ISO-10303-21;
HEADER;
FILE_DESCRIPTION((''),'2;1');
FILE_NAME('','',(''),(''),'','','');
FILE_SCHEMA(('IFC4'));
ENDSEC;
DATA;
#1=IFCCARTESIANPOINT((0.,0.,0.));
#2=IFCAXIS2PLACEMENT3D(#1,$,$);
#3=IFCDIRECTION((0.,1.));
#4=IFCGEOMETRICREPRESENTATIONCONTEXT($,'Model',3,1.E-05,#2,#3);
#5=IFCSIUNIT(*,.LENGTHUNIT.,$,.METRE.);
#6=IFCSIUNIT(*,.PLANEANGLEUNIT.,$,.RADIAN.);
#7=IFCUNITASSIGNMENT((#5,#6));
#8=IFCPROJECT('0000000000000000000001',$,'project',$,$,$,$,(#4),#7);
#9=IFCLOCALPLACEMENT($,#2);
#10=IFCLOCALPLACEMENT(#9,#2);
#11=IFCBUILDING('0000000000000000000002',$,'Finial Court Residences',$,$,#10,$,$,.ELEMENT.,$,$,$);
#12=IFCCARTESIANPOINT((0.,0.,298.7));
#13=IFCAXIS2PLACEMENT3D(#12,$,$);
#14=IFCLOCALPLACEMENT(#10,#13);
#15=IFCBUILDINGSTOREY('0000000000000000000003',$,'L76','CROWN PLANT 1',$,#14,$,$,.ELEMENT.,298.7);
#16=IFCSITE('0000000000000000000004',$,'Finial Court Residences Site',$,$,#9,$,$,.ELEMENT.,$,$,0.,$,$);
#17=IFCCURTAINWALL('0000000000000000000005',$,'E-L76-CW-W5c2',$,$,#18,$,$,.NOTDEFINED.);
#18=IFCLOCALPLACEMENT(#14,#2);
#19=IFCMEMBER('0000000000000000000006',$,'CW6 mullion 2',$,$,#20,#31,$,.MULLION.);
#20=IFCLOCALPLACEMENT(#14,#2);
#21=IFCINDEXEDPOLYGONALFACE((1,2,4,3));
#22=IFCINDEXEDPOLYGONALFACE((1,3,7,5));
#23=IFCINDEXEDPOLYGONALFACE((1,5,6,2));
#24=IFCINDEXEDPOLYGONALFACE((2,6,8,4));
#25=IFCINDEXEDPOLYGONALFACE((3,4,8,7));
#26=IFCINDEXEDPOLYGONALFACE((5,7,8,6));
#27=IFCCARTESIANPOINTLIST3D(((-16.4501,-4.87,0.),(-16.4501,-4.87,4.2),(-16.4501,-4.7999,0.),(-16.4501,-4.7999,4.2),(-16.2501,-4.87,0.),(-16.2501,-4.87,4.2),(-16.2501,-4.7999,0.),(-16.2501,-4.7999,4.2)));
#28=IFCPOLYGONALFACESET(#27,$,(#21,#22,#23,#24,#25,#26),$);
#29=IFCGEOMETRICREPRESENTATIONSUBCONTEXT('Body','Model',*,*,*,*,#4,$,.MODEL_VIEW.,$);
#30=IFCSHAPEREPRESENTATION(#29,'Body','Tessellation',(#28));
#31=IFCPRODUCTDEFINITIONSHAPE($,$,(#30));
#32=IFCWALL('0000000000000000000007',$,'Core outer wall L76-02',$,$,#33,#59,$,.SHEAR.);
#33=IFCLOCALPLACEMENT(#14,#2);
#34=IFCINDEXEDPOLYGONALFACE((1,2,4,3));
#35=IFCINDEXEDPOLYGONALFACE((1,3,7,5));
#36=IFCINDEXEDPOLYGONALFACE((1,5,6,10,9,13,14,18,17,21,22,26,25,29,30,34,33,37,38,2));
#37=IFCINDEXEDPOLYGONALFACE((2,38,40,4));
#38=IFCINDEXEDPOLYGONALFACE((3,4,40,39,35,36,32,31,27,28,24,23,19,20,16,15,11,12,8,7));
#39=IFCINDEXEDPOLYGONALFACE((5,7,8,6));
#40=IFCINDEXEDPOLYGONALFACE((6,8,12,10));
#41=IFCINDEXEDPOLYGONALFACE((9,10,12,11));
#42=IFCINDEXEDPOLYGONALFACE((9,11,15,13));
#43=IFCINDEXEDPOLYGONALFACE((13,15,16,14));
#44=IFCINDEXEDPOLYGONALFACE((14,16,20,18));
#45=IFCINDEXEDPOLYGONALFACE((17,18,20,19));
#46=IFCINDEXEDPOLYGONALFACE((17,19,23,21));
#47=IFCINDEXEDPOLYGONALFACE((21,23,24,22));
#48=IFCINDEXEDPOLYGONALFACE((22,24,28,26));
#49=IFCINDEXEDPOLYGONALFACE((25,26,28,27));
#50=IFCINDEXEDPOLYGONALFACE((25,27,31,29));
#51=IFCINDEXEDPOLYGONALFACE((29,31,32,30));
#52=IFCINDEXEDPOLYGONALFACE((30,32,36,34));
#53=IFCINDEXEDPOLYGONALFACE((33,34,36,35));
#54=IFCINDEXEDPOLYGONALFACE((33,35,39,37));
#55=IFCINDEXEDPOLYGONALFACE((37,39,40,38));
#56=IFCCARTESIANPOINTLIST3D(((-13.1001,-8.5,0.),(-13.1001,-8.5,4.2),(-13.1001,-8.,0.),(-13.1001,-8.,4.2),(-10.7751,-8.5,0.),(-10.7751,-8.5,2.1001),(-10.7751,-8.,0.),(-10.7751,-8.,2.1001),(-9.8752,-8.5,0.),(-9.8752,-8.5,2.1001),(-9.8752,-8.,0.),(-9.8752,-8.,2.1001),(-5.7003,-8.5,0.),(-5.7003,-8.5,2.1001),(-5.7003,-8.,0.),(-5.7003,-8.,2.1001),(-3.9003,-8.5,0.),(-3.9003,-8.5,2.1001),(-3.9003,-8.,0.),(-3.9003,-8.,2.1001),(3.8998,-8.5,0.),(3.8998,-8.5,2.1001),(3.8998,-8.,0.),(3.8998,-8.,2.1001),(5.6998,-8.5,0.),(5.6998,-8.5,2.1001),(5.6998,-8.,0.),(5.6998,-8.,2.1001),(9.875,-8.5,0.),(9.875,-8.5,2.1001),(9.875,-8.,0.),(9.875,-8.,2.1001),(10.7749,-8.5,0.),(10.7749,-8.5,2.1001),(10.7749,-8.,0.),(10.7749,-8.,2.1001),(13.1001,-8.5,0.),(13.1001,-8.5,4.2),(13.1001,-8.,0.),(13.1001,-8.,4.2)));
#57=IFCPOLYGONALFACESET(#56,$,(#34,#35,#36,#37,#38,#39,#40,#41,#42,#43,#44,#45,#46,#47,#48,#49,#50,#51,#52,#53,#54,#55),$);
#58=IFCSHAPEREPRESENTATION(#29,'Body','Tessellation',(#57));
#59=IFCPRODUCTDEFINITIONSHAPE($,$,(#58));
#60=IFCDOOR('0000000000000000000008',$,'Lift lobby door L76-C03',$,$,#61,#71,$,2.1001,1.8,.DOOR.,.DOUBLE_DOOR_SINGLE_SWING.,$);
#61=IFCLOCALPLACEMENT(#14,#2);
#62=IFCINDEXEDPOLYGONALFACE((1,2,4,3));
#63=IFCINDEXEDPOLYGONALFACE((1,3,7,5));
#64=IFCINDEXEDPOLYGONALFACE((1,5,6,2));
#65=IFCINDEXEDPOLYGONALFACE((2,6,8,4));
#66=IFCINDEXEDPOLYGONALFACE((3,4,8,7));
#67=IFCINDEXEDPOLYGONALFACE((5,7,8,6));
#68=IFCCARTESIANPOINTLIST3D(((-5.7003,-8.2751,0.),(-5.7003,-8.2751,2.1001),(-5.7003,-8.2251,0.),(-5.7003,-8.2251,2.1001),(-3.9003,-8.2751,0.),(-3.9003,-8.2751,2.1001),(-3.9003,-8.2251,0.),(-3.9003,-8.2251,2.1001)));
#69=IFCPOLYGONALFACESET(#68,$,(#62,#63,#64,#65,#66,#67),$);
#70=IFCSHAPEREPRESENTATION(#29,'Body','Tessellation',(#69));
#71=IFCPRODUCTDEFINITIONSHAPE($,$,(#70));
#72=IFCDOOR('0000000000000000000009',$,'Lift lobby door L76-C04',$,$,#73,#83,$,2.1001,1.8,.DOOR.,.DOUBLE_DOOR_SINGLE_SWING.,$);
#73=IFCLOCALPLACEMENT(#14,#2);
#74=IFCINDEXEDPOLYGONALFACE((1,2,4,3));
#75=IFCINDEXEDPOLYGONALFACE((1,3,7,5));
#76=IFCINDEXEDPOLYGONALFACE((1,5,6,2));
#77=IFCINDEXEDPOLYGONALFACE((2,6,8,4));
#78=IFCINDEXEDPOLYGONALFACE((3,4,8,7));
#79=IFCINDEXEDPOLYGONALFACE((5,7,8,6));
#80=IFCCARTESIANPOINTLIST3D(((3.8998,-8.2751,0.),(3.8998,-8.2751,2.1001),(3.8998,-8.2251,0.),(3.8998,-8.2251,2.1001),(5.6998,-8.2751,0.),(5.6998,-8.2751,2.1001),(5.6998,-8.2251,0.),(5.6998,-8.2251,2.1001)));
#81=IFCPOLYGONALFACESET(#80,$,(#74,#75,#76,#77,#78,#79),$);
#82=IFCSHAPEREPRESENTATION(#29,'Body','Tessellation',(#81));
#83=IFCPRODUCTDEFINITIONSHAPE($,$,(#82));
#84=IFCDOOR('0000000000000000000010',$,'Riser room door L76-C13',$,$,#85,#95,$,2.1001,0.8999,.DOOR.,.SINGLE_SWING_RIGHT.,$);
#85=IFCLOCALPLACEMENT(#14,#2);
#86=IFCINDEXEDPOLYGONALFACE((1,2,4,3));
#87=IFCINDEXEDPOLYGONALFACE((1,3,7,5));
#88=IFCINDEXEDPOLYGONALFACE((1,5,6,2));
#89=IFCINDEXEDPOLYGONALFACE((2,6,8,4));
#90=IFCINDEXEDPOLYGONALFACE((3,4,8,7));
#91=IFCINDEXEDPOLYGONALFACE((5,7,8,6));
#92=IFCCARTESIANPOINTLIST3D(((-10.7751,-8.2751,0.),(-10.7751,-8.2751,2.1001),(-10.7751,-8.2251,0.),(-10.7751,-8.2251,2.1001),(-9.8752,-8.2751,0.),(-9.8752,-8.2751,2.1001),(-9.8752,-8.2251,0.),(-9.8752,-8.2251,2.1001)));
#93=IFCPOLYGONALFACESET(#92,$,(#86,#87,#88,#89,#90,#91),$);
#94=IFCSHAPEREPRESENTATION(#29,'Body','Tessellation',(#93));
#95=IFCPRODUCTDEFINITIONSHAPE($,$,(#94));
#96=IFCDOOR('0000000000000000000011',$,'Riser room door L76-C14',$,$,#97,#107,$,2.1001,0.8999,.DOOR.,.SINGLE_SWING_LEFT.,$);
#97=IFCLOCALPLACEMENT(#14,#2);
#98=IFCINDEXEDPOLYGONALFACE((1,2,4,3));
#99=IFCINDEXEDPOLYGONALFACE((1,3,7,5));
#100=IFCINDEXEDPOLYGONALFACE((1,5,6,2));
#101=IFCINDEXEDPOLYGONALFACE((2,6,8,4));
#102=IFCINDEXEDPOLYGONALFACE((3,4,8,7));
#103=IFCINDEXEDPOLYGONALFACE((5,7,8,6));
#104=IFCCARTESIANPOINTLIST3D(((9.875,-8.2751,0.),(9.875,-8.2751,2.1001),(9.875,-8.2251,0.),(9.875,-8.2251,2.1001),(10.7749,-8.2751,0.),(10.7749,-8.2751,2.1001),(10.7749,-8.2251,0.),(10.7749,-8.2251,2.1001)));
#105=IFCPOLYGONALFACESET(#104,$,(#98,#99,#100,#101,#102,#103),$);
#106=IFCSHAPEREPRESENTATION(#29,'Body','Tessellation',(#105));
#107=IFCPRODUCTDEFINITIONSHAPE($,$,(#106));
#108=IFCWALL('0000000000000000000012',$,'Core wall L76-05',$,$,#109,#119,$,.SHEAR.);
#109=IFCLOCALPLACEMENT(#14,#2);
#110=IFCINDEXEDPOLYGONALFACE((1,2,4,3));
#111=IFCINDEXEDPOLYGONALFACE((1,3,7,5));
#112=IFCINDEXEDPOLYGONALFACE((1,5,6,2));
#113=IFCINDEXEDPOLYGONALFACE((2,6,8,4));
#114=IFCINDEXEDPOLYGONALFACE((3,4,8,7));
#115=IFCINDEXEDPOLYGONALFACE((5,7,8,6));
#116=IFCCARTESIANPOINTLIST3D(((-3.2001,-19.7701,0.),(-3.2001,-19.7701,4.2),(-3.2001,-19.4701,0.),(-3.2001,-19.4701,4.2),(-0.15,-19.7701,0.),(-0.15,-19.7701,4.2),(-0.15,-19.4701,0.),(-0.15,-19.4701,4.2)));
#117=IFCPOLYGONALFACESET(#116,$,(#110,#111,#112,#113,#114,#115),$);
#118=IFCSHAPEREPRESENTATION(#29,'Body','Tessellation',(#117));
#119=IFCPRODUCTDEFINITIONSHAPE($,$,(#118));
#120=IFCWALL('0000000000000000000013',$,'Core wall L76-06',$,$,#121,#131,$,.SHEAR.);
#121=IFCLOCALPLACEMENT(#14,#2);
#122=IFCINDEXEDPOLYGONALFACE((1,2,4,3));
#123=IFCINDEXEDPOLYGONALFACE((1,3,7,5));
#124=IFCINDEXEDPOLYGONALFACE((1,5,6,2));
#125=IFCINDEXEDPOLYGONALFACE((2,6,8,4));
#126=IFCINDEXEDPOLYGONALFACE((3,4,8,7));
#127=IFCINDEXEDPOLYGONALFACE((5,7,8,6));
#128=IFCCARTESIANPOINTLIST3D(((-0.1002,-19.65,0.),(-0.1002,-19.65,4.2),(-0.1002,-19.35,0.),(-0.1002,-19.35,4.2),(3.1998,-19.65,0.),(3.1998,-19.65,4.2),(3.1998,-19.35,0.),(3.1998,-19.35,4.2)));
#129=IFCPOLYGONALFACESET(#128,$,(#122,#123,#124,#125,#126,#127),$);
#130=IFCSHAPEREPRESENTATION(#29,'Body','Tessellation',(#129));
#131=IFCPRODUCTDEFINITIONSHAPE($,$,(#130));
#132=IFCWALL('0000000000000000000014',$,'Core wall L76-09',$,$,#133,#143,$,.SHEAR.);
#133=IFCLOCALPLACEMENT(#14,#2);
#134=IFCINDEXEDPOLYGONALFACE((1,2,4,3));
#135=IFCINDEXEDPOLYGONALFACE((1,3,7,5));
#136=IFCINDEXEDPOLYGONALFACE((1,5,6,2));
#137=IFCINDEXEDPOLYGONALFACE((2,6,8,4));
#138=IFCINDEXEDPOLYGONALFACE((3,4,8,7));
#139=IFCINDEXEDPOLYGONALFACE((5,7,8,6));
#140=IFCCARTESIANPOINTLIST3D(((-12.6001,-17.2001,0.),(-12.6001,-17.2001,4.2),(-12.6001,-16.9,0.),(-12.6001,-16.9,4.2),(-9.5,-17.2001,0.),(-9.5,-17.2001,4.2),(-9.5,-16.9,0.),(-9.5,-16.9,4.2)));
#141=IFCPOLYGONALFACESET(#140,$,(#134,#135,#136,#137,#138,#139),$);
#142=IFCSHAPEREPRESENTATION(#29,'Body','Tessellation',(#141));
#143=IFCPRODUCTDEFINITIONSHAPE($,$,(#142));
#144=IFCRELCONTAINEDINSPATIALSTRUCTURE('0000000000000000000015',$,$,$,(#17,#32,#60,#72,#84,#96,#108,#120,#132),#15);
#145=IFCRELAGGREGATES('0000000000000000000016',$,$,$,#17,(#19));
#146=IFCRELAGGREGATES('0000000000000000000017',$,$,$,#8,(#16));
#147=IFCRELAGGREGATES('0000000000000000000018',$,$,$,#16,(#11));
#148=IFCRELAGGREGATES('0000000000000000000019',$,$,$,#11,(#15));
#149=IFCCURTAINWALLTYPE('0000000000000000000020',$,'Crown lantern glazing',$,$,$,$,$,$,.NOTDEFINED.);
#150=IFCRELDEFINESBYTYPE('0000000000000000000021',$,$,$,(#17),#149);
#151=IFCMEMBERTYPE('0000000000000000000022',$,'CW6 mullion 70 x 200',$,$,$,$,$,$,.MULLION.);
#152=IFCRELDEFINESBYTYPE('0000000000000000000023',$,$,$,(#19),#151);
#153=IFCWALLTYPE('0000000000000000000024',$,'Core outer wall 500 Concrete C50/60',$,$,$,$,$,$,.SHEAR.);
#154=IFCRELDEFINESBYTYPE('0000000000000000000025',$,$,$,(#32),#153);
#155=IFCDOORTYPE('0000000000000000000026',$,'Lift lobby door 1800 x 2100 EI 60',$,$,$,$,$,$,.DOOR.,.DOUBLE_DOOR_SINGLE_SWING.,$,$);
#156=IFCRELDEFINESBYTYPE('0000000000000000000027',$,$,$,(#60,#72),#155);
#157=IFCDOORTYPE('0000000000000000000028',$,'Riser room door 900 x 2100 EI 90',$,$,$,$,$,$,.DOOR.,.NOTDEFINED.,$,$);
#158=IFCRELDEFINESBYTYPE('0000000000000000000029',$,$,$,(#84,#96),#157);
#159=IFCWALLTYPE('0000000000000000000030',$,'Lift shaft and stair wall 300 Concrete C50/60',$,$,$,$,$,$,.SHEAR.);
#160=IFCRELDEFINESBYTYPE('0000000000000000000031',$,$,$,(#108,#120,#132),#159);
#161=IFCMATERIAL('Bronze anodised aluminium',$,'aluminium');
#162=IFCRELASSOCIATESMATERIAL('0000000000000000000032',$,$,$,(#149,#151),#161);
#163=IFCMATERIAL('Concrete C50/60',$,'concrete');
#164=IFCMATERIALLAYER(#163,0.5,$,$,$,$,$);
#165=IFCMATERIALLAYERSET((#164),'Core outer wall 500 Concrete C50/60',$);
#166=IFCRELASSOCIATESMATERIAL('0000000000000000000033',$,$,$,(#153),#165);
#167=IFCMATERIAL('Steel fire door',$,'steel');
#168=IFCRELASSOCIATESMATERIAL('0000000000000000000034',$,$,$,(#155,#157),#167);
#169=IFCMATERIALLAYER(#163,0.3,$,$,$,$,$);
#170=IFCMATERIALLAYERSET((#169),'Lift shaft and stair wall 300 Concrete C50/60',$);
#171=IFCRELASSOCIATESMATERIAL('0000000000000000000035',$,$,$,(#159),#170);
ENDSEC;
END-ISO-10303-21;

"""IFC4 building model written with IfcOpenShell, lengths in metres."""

from ifc_helpers import new_model, si_unit, direction, frame, frame_2d, origin, origin_2d, place, context, subcontext, project, spatial, rectangle, extrude, material, layer, layer_set, material_profile, profile_set, type_object, element, fill, aggregate, save


model = new_model("IFC4")

# Units and contexts
model_context = context("Model", 3, precision=1e-05, world=origin(), true_north=direction((0.0, 1.0)))
body_context = subcontext(model_context, "Body", "Model", "MODEL_VIEW")
ifc_project = project(units=[si_unit("LENGTHUNIT", "METRE"), si_unit("PLANEANGLEUNIT", "RADIAN")], contexts=[model_context])

# Site, building, storey
site_placement = place(None, origin())
site = spatial("IfcSite", under=ifc_project, at=site_placement, Name="Finial Court Residences Site", CompositionType="ELEMENT", RefElevation=0.0)
building_placement = place(site_placement, origin())
building = spatial("IfcBuilding", under=site, at=building_placement, Name="Finial Court Residences", CompositionType="ELEMENT")
storey_placement = place(building_placement, frame((0.0, 0.0, 298.7)))
storey = spatial("IfcBuildingStorey", under=building, at=storey_placement, Name="L76", Description="CROWN PLANT 1", CompositionType="ELEMENT", Elevation=298.7)

# Curtain wall, member
ifc_material_1 = material(Name="Bronze anodised aluminium", Category="aluminium")
curtain_wall_type = type_object("IfcCurtainWallType", Name="Crown lantern glazing", PredefinedType="NOTDEFINED", material=ifc_material_1)
curtain_wall_placement = place(storey_placement, origin())
curtain_wall = element("IfcCurtainWall", 1, at=curtain_wall_placement, inside=storey, type_object=curtain_wall_type, Name="E-L76-CW-W5c2", PredefinedType="NOTDEFINED")
ifc_material_profile = material_profile(ifc_material_1, rectangle(XDim=0.2, YDim=0.0701, at=origin_2d()), Name="CW6 mullion 70 x 200")
ifc_profile_set = profile_set([ifc_material_profile], Name="Bronze anodised aluminium")
member_type = type_object("IfcMemberType", Name="CW6 mullion 70 x 200", PredefinedType="MULLION", material=ifc_profile_set)
member_placement = place(storey_placement, frame((-16.3501, -4.835, 0.0), z_axis=(0.0, 0.0, 1.0), x_axis=(-1.0, 0.0, 0.0)))
member = element("IfcMember", 2, at=member_placement, type_object=member_type, Name="CW6 mullion 2", PredefinedType="MULLION", context=body_context, shape_type="SweptSolid", body=[
    extrude(rectangle(XDim=0.2, YDim=0.0701, at=origin_2d()), origin(), (0.0, 0.0, 1.0), 4.2),
])
aggregate(curtain_wall, [member])

# Wall, openings, doors
ifc_material_2 = material(Name="Concrete C50/60", Category="concrete")
ifc_layer_1 = layer(ifc_material_2, 0.5)
ifc_layer_set_1 = layer_set([ifc_layer_1], Name="Core outer wall 500 Concrete C50/60")
wall_type_1 = type_object("IfcWallType", Name="Core outer wall 500 Concrete C50/60", PredefinedType="SHEAR", material=ifc_layer_set_1)
wall_1_placement = place(storey_placement, frame((-13.1001, -8.25, 0.0), z_axis=(0.0, 0.0, 1.0), x_axis=(1.0, 0.0, 0.0)))
wall_1 = element("IfcWall", 3, at=wall_1_placement, inside=storey, type_object=wall_type_1, Name="Core outer wall L76-02", PredefinedType="SHEAR", context=body_context, shape_type="SweptSolid", body=[
    extrude(rectangle(XDim=26.2002, YDim=0.5, at=frame_2d((13.1001, 0.0))), origin(), (0.0, 0.0, 1.0), 4.2),
])
opening_1_placement = place(wall_1_placement, frame((7.3999, 0.0, 0.0)))
opening_1 = element("IfcOpeningElement", 4, at=opening_1_placement, cuts=wall_1, PredefinedType="OPENING", context=body_context, shape_type="SweptSolid", body=[
    extrude(rectangle(XDim=1.8, YDim=2.1001, at=frame_2d((0.8999, 1.05))), frame((0.0, 0.26, 0.0), z_axis=(0.0, -1.0, 0.0), x_axis=(1.0, 0.0, 0.0)), (0.0, 0.0, 1.0), 0.52),
])
opening_2_placement = place(wall_1_placement, frame((17.0, 0.0, 0.0)))
opening_2 = element("IfcOpeningElement", 5, at=opening_2_placement, cuts=wall_1, PredefinedType="OPENING", context=body_context, shape_type="SweptSolid", body=[
    extrude(rectangle(XDim=1.8, YDim=2.1001, at=frame_2d((0.8999, 1.05))), frame((0.0, 0.26, 0.0), z_axis=(0.0, -1.0, 0.0), x_axis=(1.0, 0.0, 0.0)), (0.0, 0.0, 1.0), 0.52),
])
opening_3_placement = place(wall_1_placement, frame((2.325, 0.0, 0.0)))
opening_3 = element("IfcOpeningElement", 6, at=opening_3_placement, cuts=wall_1, PredefinedType="OPENING", context=body_context, shape_type="SweptSolid", body=[
    extrude(rectangle(XDim=0.8999, YDim=2.1001, at=frame_2d((0.45, 1.05))), frame((0.0, 0.26, 0.0), z_axis=(0.0, -1.0, 0.0), x_axis=(1.0, 0.0, 0.0)), (0.0, 0.0, 1.0), 0.52),
])
opening_4_placement = place(wall_1_placement, frame((22.9751, 0.0, 0.0)))
opening_4 = element("IfcOpeningElement", 7, at=opening_4_placement, cuts=wall_1, PredefinedType="OPENING", context=body_context, shape_type="SweptSolid", body=[
    extrude(rectangle(XDim=0.8999, YDim=2.1001, at=frame_2d((0.45, 1.05))), frame((0.0, 0.26, 0.0), z_axis=(0.0, -1.0, 0.0), x_axis=(1.0, 0.0, 0.0)), (0.0, 0.0, 1.0), 0.52),
])
ifc_material_3 = material(Name="Steel fire door", Category="steel")
door_type_1 = type_object("IfcDoorType", Name="Lift lobby door 1800 x 2100 EI 60", OperationType="DOUBLE_DOOR_SINGLE_SWING", PredefinedType="DOOR", material=ifc_material_3)
door_1_placement = place(opening_1_placement, origin())
door_1 = element("IfcDoor", 8, at=door_1_placement, inside=storey, type_object=door_type_1, Name="Lift lobby door L76-C03", OperationType="DOUBLE_DOOR_SINGLE_SWING", OverallHeight=2.1001, OverallWidth=1.8, PredefinedType="DOOR", context=body_context, shape_type="SweptSolid", body=[
    extrude(rectangle(XDim=1.8, YDim=2.1001, at=frame_2d((0.8999, 1.05))), frame((0.0, 0.0249, 0.0), z_axis=(0.0, -1.0, 0.0), x_axis=(1.0, 0.0, 0.0)), (0.0, 0.0, 1.0), 0.05),
])
fill(opening_1, door_1)
door_2_placement = place(opening_2_placement, origin())
door_2 = element("IfcDoor", 9, at=door_2_placement, inside=storey, type_object=door_type_1, Name="Lift lobby door L76-C04", OperationType="DOUBLE_DOOR_SINGLE_SWING", OverallHeight=2.1001, OverallWidth=1.8, PredefinedType="DOOR", context=body_context, shape_type="SweptSolid", body=[
    extrude(rectangle(XDim=1.8, YDim=2.1001, at=frame_2d((0.8999, 1.05))), frame((0.0, 0.0249, 0.0), z_axis=(0.0, -1.0, 0.0), x_axis=(1.0, 0.0, 0.0)), (0.0, 0.0, 1.0), 0.05),
])
fill(opening_2, door_2)
door_type_2 = type_object("IfcDoorType", Name="Riser room door 900 x 2100 EI 90", OperationType="NOTDEFINED", PredefinedType="DOOR", material=ifc_material_3)
door_3_placement = place(opening_3_placement, origin())
door_3 = element("IfcDoor", 10, at=door_3_placement, inside=storey, type_object=door_type_2, Name="Riser room door L76-C13", OperationType="SINGLE_SWING_RIGHT", OverallHeight=2.1001, OverallWidth=0.8999, PredefinedType="DOOR", context=body_context, shape_type="SweptSolid", body=[
    extrude(rectangle(XDim=0.8999, YDim=2.1001, at=frame_2d((0.45, 1.05))), frame((0.0, 0.0249, 0.0), z_axis=(0.0, -1.0, 0.0), x_axis=(1.0, 0.0, 0.0)), (0.0, 0.0, 1.0), 0.05),
])
fill(opening_3, door_3)
door_4_placement = place(opening_4_placement, origin())
door_4 = element("IfcDoor", 11, at=door_4_placement, inside=storey, type_object=door_type_2, Name="Riser room door L76-C14", OperationType="SINGLE_SWING_LEFT", OverallHeight=2.1001, OverallWidth=0.8999, PredefinedType="DOOR", context=body_context, shape_type="SweptSolid", body=[
    extrude(rectangle(XDim=0.8999, YDim=2.1001, at=frame_2d((0.45, 1.05))), frame((0.0, 0.0249, 0.0), z_axis=(0.0, -1.0, 0.0), x_axis=(1.0, 0.0, 0.0)), (0.0, 0.0, 1.0), 0.05),
])
fill(opening_4, door_4)

# Walls
ifc_layer_2 = layer(ifc_material_2, 0.3)
ifc_layer_set_2 = layer_set([ifc_layer_2], Name="Lift shaft and stair wall 300 Concrete C50/60")
wall_type_2 = type_object("IfcWallType", Name="Lift shaft and stair wall 300 Concrete C50/60", PredefinedType="SHEAR", material=ifc_layer_set_2)
wall_2_placement = place(storey_placement, frame((-3.2, -19.6201, 0.0), z_axis=(0.0, 0.0, 1.0), x_axis=(1.0, 0.0, 0.0)))
element("IfcWall", 12, at=wall_2_placement, inside=storey, type_object=wall_type_2, Name="Core wall L76-05", PredefinedType="SHEAR", context=body_context, shape_type="SweptSolid", body=[
    extrude(rectangle(XDim=3.05, YDim=0.3, at=frame_2d((1.5249, 0.0))), origin(), (0.0, 0.0, 1.0), 4.2),
])
wall_3_placement = place(storey_placement, frame((-0.1001, -19.5, 0.0), z_axis=(0.0, 0.0, 1.0), x_axis=(1.0, 0.0, 0.0)))
element("IfcWall", 13, at=wall_3_placement, inside=storey, type_object=wall_type_2, Name="Core wall L76-06", PredefinedType="SHEAR", context=body_context, shape_type="SweptSolid", body=[
    extrude(rectangle(XDim=3.3, YDim=0.3, at=frame_2d((1.6499, 0.0))), origin(), (0.0, 0.0, 1.0), 4.2),
])
wall_4_placement = place(storey_placement, frame((-12.6001, -17.05, 0.0), z_axis=(0.0, 0.0, 1.0), x_axis=(1.0, 0.0, 0.0)))
element("IfcWall", 14, at=wall_4_placement, inside=storey, type_object=wall_type_2, Name="Core wall L76-09", PredefinedType="SHEAR", context=body_context, shape_type="SweptSolid", body=[
    extrude(rectangle(XDim=3.1001, YDim=0.3, at=frame_2d((1.55, 0.0))), origin(), (0.0, 0.0, 1.0), 4.2),
])

save(model, "model.ifc")
